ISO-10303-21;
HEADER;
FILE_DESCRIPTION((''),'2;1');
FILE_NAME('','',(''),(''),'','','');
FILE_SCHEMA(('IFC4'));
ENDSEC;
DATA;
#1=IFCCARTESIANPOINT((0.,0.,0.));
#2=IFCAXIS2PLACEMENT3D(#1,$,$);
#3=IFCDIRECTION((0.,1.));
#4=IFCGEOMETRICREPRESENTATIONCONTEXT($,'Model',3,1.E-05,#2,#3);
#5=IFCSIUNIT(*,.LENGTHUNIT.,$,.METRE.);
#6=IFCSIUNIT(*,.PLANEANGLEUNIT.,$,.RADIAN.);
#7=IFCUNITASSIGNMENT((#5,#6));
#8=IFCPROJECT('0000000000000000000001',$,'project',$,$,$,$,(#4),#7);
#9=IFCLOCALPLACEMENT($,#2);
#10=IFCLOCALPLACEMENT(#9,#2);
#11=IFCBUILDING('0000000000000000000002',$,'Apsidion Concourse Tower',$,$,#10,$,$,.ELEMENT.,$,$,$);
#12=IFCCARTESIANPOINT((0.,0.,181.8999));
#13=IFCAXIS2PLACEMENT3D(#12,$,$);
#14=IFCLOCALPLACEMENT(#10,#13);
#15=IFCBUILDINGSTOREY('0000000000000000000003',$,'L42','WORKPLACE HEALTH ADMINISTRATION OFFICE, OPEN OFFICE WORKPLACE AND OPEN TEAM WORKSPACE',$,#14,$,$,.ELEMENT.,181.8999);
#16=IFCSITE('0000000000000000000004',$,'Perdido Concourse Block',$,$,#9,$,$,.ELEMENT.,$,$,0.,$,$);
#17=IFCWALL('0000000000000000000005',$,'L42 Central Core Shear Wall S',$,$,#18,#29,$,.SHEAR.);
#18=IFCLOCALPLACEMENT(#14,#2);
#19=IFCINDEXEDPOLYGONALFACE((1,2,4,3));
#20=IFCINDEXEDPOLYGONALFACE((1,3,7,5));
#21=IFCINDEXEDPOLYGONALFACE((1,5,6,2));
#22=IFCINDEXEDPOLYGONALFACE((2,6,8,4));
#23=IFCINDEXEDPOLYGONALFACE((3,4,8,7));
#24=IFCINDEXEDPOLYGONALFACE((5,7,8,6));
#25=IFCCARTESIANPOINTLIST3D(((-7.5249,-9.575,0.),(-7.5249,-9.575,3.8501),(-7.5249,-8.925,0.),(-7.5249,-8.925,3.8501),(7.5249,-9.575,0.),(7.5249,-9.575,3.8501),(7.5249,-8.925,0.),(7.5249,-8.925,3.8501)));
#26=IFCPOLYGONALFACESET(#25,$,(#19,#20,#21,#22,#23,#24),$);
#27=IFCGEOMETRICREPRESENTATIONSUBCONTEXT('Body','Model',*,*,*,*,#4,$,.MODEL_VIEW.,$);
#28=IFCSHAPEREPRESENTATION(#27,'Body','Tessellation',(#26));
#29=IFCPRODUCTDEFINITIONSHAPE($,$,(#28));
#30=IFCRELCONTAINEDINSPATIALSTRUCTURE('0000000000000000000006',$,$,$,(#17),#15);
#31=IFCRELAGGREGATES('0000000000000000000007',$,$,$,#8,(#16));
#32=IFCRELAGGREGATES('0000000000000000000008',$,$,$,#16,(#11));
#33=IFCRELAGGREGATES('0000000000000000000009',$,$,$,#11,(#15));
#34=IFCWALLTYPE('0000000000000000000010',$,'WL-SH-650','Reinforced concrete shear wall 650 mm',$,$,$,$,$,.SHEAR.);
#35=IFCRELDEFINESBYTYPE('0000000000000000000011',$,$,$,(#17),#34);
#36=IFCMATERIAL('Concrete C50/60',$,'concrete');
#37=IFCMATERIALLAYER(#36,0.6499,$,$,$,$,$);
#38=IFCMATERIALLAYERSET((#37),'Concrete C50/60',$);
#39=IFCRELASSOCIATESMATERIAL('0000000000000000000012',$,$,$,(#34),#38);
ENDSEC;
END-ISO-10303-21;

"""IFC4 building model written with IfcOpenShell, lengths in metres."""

from ifc_helpers import new_model, si_unit, direction, frame, frame_2d, origin, place, context, subcontext, project, spatial, rectangle, extrude, material, layer, layer_set, type_object, element, save


model = new_model("IFC4")

# Units and contexts
model_context = context("Model", 3, precision=1e-05, world=origin(), true_north=direction((0.0, 1.0)))
body_context = subcontext(model_context, "Body", "Model", "MODEL_VIEW")
ifc_project = project(units=[si_unit("LENGTHUNIT", "METRE"), si_unit("PLANEANGLEUNIT", "RADIAN")], contexts=[model_context])

# Site, building, storey
site_placement = place(None, origin())
site = spatial("IfcSite", under=ifc_project, at=site_placement, Name="Perdido Concourse Block", CompositionType="ELEMENT", RefElevation=0.0)
building_placement = place(site_placement, origin())
building = spatial("IfcBuilding", under=site, at=building_placement, Name="Apsidion Concourse Tower", CompositionType="ELEMENT")
storey_placement = place(building_placement, frame((0.0, 0.0, 181.8999)))
storey = spatial("IfcBuildingStorey", under=building, at=storey_placement, Name="L42", Description="WORKPLACE HEALTH ADMINISTRATION OFFICE, OPEN OFFICE WORKPLACE AND OPEN TEAM WORKSPACE", CompositionType="ELEMENT", Elevation=181.8999)

# Shared definitions
ifc_material_1 = material(Name="Concrete C50/60", Category="concrete")

# Wall
ifc_layer_1 = layer(ifc_material_1, 0.6499)
ifc_layer_set_1 = layer_set([ifc_layer_1], Name="Concrete C50/60")
wall_type_1 = type_object("IfcWallType", Name="WL-SH-650", Description="Reinforced concrete shear wall 650 mm", PredefinedType="SHEAR", material=ifc_layer_set_1)
wall_1_placement = place(storey_placement, frame((-7.5249, -9.25, 0.0), z_axis=(0.0, 0.0, 1.0), x_axis=(1.0, 0.0, 0.0)))
element("IfcWall", 1, at=wall_1_placement, inside=storey, type_object=wall_type_1, Name="L42 Central Core Shear Wall S", PredefinedType="SHEAR", context=body_context, shape_type="SweptSolid", body=[
    extrude(rectangle(XDim=15.0498, YDim=0.6499, at=frame_2d((7.5249, 0.0))), origin(), (0.0, 0.0, 1.0), 3.8501),
])

save(model, "model.ifc")
